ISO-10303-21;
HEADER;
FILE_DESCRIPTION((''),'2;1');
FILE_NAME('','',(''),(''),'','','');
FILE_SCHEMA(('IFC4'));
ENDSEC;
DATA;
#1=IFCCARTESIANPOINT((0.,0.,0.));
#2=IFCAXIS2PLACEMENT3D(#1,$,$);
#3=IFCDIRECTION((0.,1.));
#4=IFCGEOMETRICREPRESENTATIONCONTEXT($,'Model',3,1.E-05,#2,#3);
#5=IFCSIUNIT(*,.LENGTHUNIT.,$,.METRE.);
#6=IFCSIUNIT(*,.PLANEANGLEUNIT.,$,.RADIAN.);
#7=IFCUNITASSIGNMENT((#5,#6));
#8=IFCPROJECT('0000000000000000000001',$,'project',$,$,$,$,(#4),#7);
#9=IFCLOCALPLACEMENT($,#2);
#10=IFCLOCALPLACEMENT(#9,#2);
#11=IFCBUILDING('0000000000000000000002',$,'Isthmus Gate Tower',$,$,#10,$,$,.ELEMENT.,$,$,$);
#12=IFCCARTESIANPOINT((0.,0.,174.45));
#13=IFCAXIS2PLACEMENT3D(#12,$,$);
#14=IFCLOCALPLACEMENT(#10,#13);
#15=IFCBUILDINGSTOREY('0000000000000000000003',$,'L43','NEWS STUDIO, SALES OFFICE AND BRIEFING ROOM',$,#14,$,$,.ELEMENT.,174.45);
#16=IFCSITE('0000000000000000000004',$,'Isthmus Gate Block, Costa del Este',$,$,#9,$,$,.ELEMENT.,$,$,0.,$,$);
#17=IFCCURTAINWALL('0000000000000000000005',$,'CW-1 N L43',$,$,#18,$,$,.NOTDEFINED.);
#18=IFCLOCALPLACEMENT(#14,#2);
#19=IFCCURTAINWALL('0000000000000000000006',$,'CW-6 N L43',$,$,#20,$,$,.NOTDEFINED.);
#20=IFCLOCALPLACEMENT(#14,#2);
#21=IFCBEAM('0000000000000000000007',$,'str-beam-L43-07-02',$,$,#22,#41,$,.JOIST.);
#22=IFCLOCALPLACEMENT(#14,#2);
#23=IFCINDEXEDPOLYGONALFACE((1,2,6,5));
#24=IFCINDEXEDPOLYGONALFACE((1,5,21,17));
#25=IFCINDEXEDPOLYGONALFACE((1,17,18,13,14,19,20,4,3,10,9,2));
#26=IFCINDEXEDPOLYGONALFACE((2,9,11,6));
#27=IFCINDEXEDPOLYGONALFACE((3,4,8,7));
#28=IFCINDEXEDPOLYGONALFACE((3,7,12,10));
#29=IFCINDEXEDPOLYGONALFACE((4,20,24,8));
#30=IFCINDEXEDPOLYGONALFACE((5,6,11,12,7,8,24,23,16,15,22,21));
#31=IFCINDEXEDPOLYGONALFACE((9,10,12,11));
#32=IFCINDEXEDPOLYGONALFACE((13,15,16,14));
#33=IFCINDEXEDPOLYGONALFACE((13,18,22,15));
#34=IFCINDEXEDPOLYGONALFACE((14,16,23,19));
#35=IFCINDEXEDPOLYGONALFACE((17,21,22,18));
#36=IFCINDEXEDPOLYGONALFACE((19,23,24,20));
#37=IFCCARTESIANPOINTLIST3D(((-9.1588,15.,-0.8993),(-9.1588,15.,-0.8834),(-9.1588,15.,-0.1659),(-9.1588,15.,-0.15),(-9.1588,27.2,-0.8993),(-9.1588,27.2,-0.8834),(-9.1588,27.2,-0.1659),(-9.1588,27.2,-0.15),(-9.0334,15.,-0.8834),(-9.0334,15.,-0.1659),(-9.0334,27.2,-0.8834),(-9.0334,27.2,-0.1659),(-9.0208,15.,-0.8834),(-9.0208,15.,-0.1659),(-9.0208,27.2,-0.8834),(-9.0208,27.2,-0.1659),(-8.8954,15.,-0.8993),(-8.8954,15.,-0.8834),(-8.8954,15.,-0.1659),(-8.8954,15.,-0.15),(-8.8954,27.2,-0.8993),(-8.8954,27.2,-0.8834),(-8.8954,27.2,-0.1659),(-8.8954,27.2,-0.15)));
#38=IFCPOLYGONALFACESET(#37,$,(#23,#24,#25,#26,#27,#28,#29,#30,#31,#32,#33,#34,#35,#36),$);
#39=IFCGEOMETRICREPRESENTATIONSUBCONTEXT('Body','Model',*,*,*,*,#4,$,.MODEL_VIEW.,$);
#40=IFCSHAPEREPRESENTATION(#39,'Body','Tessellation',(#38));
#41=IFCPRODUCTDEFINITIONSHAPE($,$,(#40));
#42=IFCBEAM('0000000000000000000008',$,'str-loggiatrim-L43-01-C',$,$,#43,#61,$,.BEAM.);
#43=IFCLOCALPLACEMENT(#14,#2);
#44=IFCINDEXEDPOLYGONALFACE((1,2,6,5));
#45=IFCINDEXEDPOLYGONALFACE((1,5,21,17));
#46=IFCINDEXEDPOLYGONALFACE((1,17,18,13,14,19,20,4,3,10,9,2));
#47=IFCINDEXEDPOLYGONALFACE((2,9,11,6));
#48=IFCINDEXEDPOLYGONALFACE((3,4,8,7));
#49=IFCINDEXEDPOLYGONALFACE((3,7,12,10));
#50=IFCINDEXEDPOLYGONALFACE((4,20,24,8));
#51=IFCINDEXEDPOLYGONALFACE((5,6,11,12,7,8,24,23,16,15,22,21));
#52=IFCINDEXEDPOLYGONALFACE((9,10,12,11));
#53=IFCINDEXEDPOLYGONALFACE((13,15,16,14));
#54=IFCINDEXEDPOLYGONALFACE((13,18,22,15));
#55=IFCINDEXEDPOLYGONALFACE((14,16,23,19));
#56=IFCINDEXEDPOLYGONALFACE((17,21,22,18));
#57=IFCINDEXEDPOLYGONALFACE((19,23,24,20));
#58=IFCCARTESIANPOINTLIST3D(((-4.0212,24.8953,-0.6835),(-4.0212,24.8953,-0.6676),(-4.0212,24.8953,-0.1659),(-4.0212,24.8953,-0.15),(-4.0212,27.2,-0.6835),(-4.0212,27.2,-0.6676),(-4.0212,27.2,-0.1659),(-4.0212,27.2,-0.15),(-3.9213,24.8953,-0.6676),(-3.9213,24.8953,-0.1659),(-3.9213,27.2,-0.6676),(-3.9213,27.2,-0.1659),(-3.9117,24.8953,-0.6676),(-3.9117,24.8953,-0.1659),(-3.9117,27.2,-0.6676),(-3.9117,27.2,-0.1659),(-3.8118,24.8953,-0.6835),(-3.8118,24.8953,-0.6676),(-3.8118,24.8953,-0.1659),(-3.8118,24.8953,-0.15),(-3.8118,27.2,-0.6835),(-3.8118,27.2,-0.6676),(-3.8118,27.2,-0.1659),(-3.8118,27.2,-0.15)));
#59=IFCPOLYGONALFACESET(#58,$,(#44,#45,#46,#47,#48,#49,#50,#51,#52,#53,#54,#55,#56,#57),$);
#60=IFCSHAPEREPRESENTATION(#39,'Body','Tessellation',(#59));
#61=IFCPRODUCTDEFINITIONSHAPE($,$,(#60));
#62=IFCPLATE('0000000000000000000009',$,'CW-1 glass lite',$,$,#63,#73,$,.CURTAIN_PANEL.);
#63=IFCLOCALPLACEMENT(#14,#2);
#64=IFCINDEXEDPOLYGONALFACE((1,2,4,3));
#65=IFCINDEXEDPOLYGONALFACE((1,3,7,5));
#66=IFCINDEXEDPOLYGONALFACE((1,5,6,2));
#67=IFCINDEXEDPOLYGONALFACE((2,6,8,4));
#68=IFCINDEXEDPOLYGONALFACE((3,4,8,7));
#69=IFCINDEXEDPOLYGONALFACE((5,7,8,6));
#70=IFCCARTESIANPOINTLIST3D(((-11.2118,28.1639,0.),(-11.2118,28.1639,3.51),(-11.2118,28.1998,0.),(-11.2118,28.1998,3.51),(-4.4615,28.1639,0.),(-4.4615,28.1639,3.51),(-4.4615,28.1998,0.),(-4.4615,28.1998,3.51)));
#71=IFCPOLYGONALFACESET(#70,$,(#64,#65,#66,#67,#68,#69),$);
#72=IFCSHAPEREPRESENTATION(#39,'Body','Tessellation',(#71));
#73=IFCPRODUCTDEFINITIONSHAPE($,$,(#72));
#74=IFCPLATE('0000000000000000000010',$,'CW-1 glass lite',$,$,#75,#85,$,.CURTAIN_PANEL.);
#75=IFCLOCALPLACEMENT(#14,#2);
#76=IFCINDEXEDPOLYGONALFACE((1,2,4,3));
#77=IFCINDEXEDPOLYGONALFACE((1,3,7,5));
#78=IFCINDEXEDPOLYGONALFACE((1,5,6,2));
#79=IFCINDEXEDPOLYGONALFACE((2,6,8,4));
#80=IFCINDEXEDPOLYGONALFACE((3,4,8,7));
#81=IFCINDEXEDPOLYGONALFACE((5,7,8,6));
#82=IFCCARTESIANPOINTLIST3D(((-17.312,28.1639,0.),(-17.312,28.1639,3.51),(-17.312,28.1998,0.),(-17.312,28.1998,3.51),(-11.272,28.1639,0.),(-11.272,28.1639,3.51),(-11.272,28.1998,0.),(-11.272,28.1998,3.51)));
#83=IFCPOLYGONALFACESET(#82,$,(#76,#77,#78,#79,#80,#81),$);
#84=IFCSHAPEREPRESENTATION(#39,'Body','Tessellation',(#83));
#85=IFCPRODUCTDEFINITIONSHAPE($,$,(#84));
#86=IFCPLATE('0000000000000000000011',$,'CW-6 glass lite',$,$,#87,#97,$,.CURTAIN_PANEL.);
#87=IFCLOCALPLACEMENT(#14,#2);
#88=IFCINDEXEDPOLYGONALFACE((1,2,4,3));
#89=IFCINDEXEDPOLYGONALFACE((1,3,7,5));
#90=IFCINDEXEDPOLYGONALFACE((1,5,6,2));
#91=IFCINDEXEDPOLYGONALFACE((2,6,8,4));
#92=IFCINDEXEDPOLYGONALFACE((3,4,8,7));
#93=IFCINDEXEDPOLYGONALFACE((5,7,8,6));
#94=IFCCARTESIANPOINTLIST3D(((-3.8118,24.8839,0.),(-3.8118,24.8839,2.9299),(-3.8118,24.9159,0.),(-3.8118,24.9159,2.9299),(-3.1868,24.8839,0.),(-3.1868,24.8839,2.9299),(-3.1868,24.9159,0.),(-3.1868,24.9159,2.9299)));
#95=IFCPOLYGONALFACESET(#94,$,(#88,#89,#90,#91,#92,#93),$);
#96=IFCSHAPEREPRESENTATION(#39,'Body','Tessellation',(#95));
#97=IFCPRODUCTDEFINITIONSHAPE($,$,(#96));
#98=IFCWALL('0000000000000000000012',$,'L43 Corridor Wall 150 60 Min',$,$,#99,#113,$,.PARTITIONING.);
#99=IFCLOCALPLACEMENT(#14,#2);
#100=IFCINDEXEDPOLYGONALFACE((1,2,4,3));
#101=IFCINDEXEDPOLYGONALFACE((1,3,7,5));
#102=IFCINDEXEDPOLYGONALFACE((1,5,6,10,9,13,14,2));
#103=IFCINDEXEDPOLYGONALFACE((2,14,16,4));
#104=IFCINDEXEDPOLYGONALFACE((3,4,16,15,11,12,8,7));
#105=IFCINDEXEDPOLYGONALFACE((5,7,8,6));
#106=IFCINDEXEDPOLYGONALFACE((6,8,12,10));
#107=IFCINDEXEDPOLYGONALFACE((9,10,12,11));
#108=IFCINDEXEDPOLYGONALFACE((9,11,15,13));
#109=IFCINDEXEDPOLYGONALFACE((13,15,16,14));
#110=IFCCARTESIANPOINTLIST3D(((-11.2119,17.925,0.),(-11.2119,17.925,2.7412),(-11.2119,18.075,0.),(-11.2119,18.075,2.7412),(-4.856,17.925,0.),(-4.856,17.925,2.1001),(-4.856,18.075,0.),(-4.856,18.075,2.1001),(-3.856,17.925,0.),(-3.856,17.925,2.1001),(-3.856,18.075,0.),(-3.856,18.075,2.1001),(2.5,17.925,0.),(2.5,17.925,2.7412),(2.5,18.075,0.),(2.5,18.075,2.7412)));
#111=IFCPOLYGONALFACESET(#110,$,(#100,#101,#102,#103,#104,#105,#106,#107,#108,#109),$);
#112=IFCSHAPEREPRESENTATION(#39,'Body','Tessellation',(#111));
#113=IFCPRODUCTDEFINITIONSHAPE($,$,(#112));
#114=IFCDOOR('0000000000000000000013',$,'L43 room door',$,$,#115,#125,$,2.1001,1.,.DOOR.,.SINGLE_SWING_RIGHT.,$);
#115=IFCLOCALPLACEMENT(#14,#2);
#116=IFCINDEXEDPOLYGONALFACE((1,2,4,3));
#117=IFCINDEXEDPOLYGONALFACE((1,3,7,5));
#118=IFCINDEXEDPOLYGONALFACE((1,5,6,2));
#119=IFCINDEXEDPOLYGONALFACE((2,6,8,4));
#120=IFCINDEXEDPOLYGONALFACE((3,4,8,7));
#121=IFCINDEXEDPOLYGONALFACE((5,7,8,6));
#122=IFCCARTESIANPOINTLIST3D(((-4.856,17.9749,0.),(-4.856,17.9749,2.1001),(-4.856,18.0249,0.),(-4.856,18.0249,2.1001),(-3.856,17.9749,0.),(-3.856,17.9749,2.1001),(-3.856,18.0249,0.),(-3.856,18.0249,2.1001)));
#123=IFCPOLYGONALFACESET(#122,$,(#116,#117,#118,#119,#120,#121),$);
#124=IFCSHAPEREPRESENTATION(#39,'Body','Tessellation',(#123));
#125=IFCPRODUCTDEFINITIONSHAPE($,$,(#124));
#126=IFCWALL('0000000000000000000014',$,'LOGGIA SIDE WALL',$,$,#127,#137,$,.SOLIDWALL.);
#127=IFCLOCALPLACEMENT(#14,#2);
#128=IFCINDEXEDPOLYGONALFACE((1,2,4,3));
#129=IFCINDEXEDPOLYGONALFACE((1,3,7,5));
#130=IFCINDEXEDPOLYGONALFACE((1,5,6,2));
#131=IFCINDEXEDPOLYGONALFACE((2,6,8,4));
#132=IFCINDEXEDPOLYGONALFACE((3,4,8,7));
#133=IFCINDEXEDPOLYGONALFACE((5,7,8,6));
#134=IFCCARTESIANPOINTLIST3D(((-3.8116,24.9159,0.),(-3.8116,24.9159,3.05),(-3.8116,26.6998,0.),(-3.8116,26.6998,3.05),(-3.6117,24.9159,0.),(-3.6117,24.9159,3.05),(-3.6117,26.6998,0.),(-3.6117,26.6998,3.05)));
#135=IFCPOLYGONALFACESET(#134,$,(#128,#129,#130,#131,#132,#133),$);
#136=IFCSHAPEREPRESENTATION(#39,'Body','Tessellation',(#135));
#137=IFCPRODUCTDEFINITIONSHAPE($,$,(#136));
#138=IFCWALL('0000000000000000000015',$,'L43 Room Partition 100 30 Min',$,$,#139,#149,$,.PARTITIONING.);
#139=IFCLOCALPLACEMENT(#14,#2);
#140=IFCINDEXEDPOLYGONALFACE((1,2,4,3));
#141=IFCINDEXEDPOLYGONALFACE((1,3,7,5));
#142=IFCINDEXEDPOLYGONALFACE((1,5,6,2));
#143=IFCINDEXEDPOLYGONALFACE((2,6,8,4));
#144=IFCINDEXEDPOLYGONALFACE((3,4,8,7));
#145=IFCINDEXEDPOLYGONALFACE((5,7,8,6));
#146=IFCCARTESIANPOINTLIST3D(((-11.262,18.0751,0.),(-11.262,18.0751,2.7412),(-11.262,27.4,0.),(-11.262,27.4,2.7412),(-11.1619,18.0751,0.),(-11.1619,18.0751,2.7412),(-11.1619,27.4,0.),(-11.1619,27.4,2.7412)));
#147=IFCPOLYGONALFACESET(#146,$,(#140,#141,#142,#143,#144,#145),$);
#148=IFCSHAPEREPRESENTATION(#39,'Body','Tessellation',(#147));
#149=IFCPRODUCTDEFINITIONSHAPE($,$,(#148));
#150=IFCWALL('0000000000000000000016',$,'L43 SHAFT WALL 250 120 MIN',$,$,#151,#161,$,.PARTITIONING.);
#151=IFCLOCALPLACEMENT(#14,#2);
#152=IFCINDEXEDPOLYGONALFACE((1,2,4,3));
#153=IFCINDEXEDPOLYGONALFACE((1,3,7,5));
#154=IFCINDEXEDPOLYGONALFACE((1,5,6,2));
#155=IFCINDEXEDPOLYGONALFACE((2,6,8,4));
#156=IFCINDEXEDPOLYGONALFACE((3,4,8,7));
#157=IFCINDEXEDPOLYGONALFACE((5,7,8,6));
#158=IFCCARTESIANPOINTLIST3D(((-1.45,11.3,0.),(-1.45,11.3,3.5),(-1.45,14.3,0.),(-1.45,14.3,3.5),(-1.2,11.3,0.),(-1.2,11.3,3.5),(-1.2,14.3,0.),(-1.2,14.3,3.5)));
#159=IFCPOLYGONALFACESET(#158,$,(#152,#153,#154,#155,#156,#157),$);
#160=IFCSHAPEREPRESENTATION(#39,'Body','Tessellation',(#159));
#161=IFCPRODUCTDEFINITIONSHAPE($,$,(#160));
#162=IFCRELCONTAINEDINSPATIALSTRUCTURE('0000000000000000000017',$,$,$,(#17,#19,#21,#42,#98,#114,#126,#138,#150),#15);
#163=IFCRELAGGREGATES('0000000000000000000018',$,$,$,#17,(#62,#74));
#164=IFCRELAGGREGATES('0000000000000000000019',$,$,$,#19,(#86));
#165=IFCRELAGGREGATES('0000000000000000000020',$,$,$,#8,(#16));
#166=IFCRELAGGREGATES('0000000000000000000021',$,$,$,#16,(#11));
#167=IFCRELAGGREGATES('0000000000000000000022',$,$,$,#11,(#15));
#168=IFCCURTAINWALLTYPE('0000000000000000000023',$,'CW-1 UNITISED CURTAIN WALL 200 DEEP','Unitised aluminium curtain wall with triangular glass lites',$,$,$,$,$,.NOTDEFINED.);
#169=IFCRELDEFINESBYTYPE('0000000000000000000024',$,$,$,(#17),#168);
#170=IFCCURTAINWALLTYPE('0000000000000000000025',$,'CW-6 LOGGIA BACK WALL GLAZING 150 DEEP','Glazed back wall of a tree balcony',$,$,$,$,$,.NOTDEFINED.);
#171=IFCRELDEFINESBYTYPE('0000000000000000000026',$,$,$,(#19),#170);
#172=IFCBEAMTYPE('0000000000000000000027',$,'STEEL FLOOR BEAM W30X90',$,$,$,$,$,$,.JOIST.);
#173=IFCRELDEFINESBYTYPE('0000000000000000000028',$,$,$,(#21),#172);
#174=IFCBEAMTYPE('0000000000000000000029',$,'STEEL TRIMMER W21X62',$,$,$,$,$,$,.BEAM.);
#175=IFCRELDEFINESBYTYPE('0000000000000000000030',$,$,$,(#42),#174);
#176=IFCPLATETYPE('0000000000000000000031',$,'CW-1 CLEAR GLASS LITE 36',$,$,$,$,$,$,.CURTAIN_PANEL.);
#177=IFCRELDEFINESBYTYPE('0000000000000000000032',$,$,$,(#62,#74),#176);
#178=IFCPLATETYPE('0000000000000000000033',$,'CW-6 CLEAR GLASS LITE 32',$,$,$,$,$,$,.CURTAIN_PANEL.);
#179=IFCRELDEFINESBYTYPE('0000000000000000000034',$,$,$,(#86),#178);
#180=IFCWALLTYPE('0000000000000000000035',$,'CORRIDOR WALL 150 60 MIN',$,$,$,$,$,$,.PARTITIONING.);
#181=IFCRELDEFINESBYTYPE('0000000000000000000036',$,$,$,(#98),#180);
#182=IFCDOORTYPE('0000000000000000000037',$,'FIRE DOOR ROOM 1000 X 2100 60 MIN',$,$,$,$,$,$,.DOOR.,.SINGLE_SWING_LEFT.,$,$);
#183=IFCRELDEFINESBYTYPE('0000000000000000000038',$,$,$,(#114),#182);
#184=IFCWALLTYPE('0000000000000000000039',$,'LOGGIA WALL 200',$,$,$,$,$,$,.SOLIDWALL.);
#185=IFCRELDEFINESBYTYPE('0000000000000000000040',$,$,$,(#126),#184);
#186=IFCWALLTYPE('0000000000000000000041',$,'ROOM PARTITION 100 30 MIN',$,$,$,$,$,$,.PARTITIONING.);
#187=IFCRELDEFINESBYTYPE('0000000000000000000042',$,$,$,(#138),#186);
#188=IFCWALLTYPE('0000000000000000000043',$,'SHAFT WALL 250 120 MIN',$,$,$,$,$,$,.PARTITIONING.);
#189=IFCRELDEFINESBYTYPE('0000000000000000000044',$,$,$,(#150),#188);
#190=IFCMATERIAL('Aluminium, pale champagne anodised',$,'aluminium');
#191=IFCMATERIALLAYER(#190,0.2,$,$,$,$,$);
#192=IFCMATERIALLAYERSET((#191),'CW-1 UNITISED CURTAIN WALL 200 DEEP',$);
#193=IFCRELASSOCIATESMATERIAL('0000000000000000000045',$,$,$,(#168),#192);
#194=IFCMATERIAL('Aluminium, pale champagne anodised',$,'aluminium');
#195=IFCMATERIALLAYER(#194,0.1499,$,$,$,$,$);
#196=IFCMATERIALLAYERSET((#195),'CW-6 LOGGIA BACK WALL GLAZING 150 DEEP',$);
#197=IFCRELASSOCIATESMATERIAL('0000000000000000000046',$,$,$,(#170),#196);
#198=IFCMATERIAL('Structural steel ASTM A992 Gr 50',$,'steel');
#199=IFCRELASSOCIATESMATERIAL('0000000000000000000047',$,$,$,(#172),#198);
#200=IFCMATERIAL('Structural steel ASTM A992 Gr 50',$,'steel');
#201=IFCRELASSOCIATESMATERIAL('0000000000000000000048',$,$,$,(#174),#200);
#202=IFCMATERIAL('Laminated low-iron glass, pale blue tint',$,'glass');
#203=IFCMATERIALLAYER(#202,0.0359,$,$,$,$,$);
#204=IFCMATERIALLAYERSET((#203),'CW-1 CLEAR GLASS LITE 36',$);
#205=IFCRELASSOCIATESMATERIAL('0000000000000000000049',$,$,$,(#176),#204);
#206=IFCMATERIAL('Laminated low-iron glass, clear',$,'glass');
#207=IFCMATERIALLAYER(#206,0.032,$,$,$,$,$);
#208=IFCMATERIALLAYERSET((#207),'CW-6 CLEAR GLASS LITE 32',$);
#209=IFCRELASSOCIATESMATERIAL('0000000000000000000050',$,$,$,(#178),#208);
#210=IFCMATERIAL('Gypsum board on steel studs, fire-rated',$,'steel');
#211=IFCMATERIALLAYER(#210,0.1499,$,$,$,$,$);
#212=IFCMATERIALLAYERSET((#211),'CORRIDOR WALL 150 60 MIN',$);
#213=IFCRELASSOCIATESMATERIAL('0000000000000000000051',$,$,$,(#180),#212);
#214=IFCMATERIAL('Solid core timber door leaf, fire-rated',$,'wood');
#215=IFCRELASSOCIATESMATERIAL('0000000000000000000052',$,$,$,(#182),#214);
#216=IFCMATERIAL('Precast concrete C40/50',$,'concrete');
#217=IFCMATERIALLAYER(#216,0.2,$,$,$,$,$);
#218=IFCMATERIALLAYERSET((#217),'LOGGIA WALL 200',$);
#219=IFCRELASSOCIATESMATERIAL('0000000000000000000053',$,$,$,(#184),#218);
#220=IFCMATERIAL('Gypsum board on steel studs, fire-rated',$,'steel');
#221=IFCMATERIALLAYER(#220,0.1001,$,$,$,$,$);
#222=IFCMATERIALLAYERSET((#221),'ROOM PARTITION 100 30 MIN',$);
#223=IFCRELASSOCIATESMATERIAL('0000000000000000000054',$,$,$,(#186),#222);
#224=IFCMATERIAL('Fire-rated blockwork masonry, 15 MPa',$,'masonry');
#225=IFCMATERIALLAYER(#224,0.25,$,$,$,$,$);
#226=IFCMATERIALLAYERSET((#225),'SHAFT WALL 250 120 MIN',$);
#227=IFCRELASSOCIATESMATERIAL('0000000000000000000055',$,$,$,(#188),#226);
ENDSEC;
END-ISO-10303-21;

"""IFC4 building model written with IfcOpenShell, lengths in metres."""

from ifc_helpers import new_model, si_unit, direction, frame, frame_2d, origin, origin_2d, place, context, subcontext, project, spatial, rectangle, i_section, extrude, material, layer, layer_set, material_profile, profile_set, type_object, element, fill, aggregate, save


model = new_model("IFC4")

# Units and contexts
model_context = context("Model", 3, precision=1e-05, world=origin(), true_north=direction((0.0, 1.0)))
body_context = subcontext(model_context, "Body", "Model", "MODEL_VIEW")
ifc_project = project(units=[si_unit("LENGTHUNIT", "METRE"), si_unit("PLANEANGLEUNIT", "RADIAN")], contexts=[model_context])

# Site, building, storey
site_placement = place(None, origin())
site = spatial("IfcSite", under=ifc_project, at=site_placement, Name="Isthmus Gate Block, Costa del Este", CompositionType="ELEMENT", RefElevation=0.0)
building_placement = place(site_placement, origin())
building = spatial("IfcBuilding", under=site, at=building_placement, Name="Isthmus Gate Tower", CompositionType="ELEMENT")
storey_placement = place(building_placement, frame((0.0, 0.0, 174.45)))
storey = spatial("IfcBuildingStorey", under=building, at=storey_placement, Name="L43", Description="NEWS STUDIO, SALES OFFICE AND BRIEFING ROOM", CompositionType="ELEMENT", Elevation=174.45)

# Curtain wall
ifc_material_1 = material(Name="Aluminium, pale champagne anodised", Category="aluminium")
ifc_layer_1 = layer(ifc_material_1, 0.2)
ifc_layer_set_1 = layer_set([ifc_layer_1], Name="CW-1 UNITISED CURTAIN WALL 200 DEEP")
curtain_wall_type_1 = type_object("IfcCurtainWallType", Name="CW-1 UNITISED CURTAIN WALL 200 DEEP", Description="Unitised aluminium curtain wall with triangular glass lites", PredefinedType="NOTDEFINED", material=ifc_layer_set_1)
curtain_wall_1_placement = place(storey_placement, origin())
curtain_wall_1 = element("IfcCurtainWall", 1, at=curtain_wall_1_placement, inside=storey, type_object=curtain_wall_type_1, Name="CW-1 N L43", PredefinedType="NOTDEFINED")

# Curtain wall
ifc_material_2 = material(Name="Aluminium, pale champagne anodised", Category="aluminium")
ifc_layer_2 = layer(ifc_material_2, 0.1499)
ifc_layer_set_2 = layer_set([ifc_layer_2], Name="CW-6 LOGGIA BACK WALL GLAZING 150 DEEP")
curtain_wall_type_2 = type_object("IfcCurtainWallType", Name="CW-6 LOGGIA BACK WALL GLAZING 150 DEEP", Description="Glazed back wall of a tree balcony", PredefinedType="NOTDEFINED", material=ifc_layer_set_2)
curtain_wall_2_placement = place(storey_placement, origin())
curtain_wall_2 = element("IfcCurtainWall", 2, at=curtain_wall_2_placement, inside=storey, type_object=curtain_wall_type_2, Name="CW-6 N L43", PredefinedType="NOTDEFINED")

# Beams
ifc_material_3 = material(Name="Structural steel ASTM A992 Gr 50", Category="steel")
ifc_material_profile_1 = material_profile(ifc_material_3, i_section(OverallWidth=0.2634, OverallDepth=0.7493, WebThickness=0.0127, FlangeThickness=0.0159, at=origin_2d()), Name="W30X90")
ifc_profile_set_1 = profile_set([ifc_material_profile_1], Name="Structural steel ASTM A992 Gr 50")
beam_type_1 = type_object("IfcBeamType", Name="STEEL FLOOR BEAM W30X90", PredefinedType="JOIST", material=ifc_profile_set_1)
for number, where, z_axis, x_axis, name in (
    (3, (-9.0271, 15.0, -0.5247), (0.0, 1.0, 0.0), (-1.0, 0.0, 0.0), "str-beam-L43-07-02"),
):
    element("IfcBeam", number, at=place(storey_placement, frame(where, z_axis=z_axis, x_axis=x_axis)), inside=storey, type_object=beam_type_1, Name=name, PredefinedType="JOIST", context=body_context, shape_type="SweptSolid", body=[
        extrude(i_section(OverallWidth=0.2634, OverallDepth=0.7493, WebThickness=0.0127, FlangeThickness=0.0159, at=origin_2d()), origin(), (0.0, 0.0, 1.0), 12.2),
    ])
ifc_material_4 = material(Name="Structural steel ASTM A992 Gr 50", Category="steel")
ifc_material_profile_2 = material_profile(ifc_material_4, i_section(OverallWidth=0.2095, OverallDepth=0.5334, WebThickness=0.0095, FlangeThickness=0.0159, at=origin_2d()), Name="W21X62")
ifc_profile_set_2 = profile_set([ifc_material_profile_2], Name="Structural steel ASTM A992 Gr 50")
beam_type_2 = type_object("IfcBeamType", Name="STEEL TRIMMER W21X62", PredefinedType="BEAM", material=ifc_profile_set_2)
beam_1_placement = place(storey_placement, frame((-3.9165, 27.2, -0.4167), z_axis=(0.0, -1.0, 0.0), x_axis=(1.0, 0.0, 0.0)))
element("IfcBeam", 4, at=beam_1_placement, inside=storey, type_object=beam_type_2, Name="str-loggiatrim-L43-01-C", PredefinedType="BEAM", context=body_context, shape_type="SweptSolid", body=[
    extrude(i_section(OverallWidth=0.2095, OverallDepth=0.5334, WebThickness=0.0095, FlangeThickness=0.0159, at=origin_2d()), origin(), (0.0, 0.0, 1.0), 2.3047),
])

# Plates
ifc_material_5 = material(Name="Laminated low-iron glass, pale blue tint", Category="glass")
ifc_layer_3 = layer(ifc_material_5, 0.0359)
ifc_layer_set_3 = layer_set([ifc_layer_3], Name="CW-1 CLEAR GLASS LITE 36")
plate_type_1 = type_object("IfcPlateType", Name="CW-1 CLEAR GLASS LITE 36", PredefinedType="CURTAIN_PANEL", material=ifc_layer_set_3)
plate_1_placement = place(storey_placement, frame((-7.8367, 28.1819, 0.0), z_axis=(0.0, 0.0, 1.0), x_axis=(-1.0, 0.0, 0.0)))
plate_1 = element("IfcPlate", 5, at=plate_1_placement, type_object=plate_type_1, Name="CW-1 glass lite", PredefinedType="CURTAIN_PANEL", context=body_context, shape_type="SweptSolid", body=[
    extrude(rectangle(XDim=6.7502, YDim=0.0359, at=origin_2d()), origin(), (0.0, 0.0, 1.0), 3.51),
])
plate_2_placement = place(storey_placement, frame((-14.292, 28.1819, 0.0), z_axis=(0.0, 0.0, 1.0), x_axis=(-1.0, 0.0, 0.0)))
plate_2 = element("IfcPlate", 6, at=plate_2_placement, type_object=plate_type_1, Name="CW-1 glass lite", PredefinedType="CURTAIN_PANEL", context=body_context, shape_type="SweptSolid", body=[
    extrude(rectangle(XDim=6.04, YDim=0.0359, at=origin_2d()), origin(), (0.0, 0.0, 1.0), 3.51),
])
aggregate(curtain_wall_1, [plate_1, plate_2])
ifc_material_6 = material(Name="Laminated low-iron glass, clear", Category="glass")
ifc_layer_4 = layer(ifc_material_6, 0.032)
ifc_layer_set_4 = layer_set([ifc_layer_4], Name="CW-6 CLEAR GLASS LITE 32")
plate_type_2 = type_object("IfcPlateType", Name="CW-6 CLEAR GLASS LITE 32", PredefinedType="CURTAIN_PANEL", material=ifc_layer_set_4)
plate_3_placement = place(storey_placement, frame((-3.4993, 24.8999, 0.0), z_axis=(0.0, 0.0, 1.0), x_axis=(-1.0, 0.0, 0.0)))
plate_3 = element("IfcPlate", 7, at=plate_3_placement, type_object=plate_type_2, Name="CW-6 glass lite", PredefinedType="CURTAIN_PANEL", context=body_context, shape_type="SweptSolid", body=[
    extrude(rectangle(XDim=0.625, YDim=0.032, at=origin_2d()), origin(), (0.0, 0.0, 1.0), 2.9299),
])
aggregate(curtain_wall_2, [plate_3])

# Wall, opening, door
ifc_material_7 = material(Name="Gypsum board on steel studs, fire-rated", Category="steel")
ifc_layer_5 = layer(ifc_material_7, 0.1499)
ifc_layer_set_5 = layer_set([ifc_layer_5], Name="CORRIDOR WALL 150 60 MIN")
wall_type_1 = type_object("IfcWallType", Name="CORRIDOR WALL 150 60 MIN", PredefinedType="PARTITIONING", material=ifc_layer_set_5)
wall_1_placement = place(storey_placement, frame((-11.2119, 18.0, 0.0), z_axis=(0.0, 0.0, 1.0), x_axis=(1.0, 0.0, 0.0)))
wall_1 = element("IfcWall", 8, at=wall_1_placement, inside=storey, type_object=wall_type_1, Name="L43 Corridor Wall 150 60 Min", PredefinedType="PARTITIONING", context=body_context, shape_type="SweptSolid", body=[
    extrude(rectangle(XDim=13.7119, YDim=0.1499, at=frame_2d((6.856, 0.0))), origin(), (0.0, 0.0, 1.0), 2.7412),
])
opening_placement = place(wall_1_placement, frame((6.356, 0.0, 0.0)))
opening = element("IfcOpeningElement", 9, at=opening_placement, cuts=wall_1, PredefinedType="OPENING", context=body_context, shape_type="SweptSolid", body=[
    extrude(rectangle(XDim=1.0, YDim=2.1001, at=frame_2d((0.5, 1.05))), frame((0.0, 0.085, 0.0), z_axis=(0.0, -1.0, 0.0), x_axis=(1.0, 0.0, 0.0)), (0.0, 0.0, 1.0), 0.1699),
])
ifc_material_8 = material(Name="Solid core timber door leaf, fire-rated", Category="wood")
door_type = type_object("IfcDoorType", Name="FIRE DOOR ROOM 1000 X 2100 60 MIN", OperationType="SINGLE_SWING_LEFT", PredefinedType="DOOR", material=ifc_material_8)
door_placement = place(opening_placement, origin())
door = element("IfcDoor", 10, at=door_placement, inside=storey, type_object=door_type, Name="L43 room door", OperationType="SINGLE_SWING_RIGHT", OverallHeight=2.1001, OverallWidth=1.0, PredefinedType="DOOR", context=body_context, shape_type="SweptSolid", body=[
    extrude(rectangle(XDim=1.0, YDim=2.1001, at=frame_2d((0.5, 1.05))), frame((0.0, 0.0249, 0.0), z_axis=(0.0, -1.0, 0.0), x_axis=(1.0, 0.0, 0.0)), (0.0, 0.0, 1.0), 0.05),
])
fill(opening, door)

# Walls
ifc_material_9 = material(Name="Precast concrete C40/50", Category="concrete")
ifc_layer_6 = layer(ifc_material_9, 0.2)
ifc_layer_set_6 = layer_set([ifc_layer_6], Name="LOGGIA WALL 200")
wall_type_2 = type_object("IfcWallType", Name="LOGGIA WALL 200", PredefinedType="SOLIDWALL", material=ifc_layer_set_6)
wall_2_placement = place(storey_placement, frame((-3.7117, 26.7, 0.0), z_axis=(0.0, 0.0, 1.0), x_axis=(0.0, -1.0, 0.0)))
element("IfcWall", 11, at=wall_2_placement, inside=storey, type_object=wall_type_2, Name="LOGGIA SIDE WALL", PredefinedType="SOLIDWALL", context=body_context, shape_type="SweptSolid", body=[
    extrude(rectangle(XDim=1.7839, YDim=0.2, at=frame_2d((0.8921, 0.0))), origin(), (0.0, 0.0, 1.0), 3.05),
])
ifc_material_10 = material(Name="Gypsum board on steel studs, fire-rated", Category="steel")
ifc_layer_7 = layer(ifc_material_10, 0.1001)
ifc_layer_set_7 = layer_set([ifc_layer_7], Name="ROOM PARTITION 100 30 MIN")
wall_type_3 = type_object("IfcWallType", Name="ROOM PARTITION 100 30 MIN", PredefinedType="PARTITIONING", material=ifc_layer_set_7)
wall_3_placement = place(storey_placement, frame((-11.2119, 18.075, 0.0), z_axis=(0.0, 0.0, 1.0), x_axis=(0.0, 1.0, 0.0)))
element("IfcWall", 12, at=wall_3_placement, inside=storey, type_object=wall_type_3, Name="L43 Room Partition 100 30 Min", PredefinedType="PARTITIONING", context=body_context, shape_type="SweptSolid", body=[
    extrude(rectangle(XDim=9.325, YDim=0.1001, at=frame_2d((4.6626, 0.0))), origin(), (0.0, 0.0, 1.0), 2.7412),
])
ifc_material_11 = material(Name="Fire-rated blockwork masonry, 15 MPa", Category="masonry")
ifc_layer_8 = layer(ifc_material_11, 0.25)
ifc_layer_set_8 = layer_set([ifc_layer_8], Name="SHAFT WALL 250 120 MIN")
wall_type_4 = type_object("IfcWallType", Name="SHAFT WALL 250 120 MIN", PredefinedType="PARTITIONING", material=ifc_layer_set_8)
wall_4_placement = place(storey_placement, frame((-1.325, 11.3, 0.0), z_axis=(0.0, 0.0, 1.0), x_axis=(0.0, 1.0, 0.0)))
element("IfcWall", 13, at=wall_4_placement, inside=storey, type_object=wall_type_4, Name="L43 SHAFT WALL 250 120 MIN", PredefinedType="PARTITIONING", context=body_context, shape_type="SweptSolid", body=[
    extrude(rectangle(XDim=3.0, YDim=0.25, at=frame_2d((1.5, 0.0))), origin(), (0.0, 0.0, 1.0), 3.5),
])

save(model, "model.ifc")
